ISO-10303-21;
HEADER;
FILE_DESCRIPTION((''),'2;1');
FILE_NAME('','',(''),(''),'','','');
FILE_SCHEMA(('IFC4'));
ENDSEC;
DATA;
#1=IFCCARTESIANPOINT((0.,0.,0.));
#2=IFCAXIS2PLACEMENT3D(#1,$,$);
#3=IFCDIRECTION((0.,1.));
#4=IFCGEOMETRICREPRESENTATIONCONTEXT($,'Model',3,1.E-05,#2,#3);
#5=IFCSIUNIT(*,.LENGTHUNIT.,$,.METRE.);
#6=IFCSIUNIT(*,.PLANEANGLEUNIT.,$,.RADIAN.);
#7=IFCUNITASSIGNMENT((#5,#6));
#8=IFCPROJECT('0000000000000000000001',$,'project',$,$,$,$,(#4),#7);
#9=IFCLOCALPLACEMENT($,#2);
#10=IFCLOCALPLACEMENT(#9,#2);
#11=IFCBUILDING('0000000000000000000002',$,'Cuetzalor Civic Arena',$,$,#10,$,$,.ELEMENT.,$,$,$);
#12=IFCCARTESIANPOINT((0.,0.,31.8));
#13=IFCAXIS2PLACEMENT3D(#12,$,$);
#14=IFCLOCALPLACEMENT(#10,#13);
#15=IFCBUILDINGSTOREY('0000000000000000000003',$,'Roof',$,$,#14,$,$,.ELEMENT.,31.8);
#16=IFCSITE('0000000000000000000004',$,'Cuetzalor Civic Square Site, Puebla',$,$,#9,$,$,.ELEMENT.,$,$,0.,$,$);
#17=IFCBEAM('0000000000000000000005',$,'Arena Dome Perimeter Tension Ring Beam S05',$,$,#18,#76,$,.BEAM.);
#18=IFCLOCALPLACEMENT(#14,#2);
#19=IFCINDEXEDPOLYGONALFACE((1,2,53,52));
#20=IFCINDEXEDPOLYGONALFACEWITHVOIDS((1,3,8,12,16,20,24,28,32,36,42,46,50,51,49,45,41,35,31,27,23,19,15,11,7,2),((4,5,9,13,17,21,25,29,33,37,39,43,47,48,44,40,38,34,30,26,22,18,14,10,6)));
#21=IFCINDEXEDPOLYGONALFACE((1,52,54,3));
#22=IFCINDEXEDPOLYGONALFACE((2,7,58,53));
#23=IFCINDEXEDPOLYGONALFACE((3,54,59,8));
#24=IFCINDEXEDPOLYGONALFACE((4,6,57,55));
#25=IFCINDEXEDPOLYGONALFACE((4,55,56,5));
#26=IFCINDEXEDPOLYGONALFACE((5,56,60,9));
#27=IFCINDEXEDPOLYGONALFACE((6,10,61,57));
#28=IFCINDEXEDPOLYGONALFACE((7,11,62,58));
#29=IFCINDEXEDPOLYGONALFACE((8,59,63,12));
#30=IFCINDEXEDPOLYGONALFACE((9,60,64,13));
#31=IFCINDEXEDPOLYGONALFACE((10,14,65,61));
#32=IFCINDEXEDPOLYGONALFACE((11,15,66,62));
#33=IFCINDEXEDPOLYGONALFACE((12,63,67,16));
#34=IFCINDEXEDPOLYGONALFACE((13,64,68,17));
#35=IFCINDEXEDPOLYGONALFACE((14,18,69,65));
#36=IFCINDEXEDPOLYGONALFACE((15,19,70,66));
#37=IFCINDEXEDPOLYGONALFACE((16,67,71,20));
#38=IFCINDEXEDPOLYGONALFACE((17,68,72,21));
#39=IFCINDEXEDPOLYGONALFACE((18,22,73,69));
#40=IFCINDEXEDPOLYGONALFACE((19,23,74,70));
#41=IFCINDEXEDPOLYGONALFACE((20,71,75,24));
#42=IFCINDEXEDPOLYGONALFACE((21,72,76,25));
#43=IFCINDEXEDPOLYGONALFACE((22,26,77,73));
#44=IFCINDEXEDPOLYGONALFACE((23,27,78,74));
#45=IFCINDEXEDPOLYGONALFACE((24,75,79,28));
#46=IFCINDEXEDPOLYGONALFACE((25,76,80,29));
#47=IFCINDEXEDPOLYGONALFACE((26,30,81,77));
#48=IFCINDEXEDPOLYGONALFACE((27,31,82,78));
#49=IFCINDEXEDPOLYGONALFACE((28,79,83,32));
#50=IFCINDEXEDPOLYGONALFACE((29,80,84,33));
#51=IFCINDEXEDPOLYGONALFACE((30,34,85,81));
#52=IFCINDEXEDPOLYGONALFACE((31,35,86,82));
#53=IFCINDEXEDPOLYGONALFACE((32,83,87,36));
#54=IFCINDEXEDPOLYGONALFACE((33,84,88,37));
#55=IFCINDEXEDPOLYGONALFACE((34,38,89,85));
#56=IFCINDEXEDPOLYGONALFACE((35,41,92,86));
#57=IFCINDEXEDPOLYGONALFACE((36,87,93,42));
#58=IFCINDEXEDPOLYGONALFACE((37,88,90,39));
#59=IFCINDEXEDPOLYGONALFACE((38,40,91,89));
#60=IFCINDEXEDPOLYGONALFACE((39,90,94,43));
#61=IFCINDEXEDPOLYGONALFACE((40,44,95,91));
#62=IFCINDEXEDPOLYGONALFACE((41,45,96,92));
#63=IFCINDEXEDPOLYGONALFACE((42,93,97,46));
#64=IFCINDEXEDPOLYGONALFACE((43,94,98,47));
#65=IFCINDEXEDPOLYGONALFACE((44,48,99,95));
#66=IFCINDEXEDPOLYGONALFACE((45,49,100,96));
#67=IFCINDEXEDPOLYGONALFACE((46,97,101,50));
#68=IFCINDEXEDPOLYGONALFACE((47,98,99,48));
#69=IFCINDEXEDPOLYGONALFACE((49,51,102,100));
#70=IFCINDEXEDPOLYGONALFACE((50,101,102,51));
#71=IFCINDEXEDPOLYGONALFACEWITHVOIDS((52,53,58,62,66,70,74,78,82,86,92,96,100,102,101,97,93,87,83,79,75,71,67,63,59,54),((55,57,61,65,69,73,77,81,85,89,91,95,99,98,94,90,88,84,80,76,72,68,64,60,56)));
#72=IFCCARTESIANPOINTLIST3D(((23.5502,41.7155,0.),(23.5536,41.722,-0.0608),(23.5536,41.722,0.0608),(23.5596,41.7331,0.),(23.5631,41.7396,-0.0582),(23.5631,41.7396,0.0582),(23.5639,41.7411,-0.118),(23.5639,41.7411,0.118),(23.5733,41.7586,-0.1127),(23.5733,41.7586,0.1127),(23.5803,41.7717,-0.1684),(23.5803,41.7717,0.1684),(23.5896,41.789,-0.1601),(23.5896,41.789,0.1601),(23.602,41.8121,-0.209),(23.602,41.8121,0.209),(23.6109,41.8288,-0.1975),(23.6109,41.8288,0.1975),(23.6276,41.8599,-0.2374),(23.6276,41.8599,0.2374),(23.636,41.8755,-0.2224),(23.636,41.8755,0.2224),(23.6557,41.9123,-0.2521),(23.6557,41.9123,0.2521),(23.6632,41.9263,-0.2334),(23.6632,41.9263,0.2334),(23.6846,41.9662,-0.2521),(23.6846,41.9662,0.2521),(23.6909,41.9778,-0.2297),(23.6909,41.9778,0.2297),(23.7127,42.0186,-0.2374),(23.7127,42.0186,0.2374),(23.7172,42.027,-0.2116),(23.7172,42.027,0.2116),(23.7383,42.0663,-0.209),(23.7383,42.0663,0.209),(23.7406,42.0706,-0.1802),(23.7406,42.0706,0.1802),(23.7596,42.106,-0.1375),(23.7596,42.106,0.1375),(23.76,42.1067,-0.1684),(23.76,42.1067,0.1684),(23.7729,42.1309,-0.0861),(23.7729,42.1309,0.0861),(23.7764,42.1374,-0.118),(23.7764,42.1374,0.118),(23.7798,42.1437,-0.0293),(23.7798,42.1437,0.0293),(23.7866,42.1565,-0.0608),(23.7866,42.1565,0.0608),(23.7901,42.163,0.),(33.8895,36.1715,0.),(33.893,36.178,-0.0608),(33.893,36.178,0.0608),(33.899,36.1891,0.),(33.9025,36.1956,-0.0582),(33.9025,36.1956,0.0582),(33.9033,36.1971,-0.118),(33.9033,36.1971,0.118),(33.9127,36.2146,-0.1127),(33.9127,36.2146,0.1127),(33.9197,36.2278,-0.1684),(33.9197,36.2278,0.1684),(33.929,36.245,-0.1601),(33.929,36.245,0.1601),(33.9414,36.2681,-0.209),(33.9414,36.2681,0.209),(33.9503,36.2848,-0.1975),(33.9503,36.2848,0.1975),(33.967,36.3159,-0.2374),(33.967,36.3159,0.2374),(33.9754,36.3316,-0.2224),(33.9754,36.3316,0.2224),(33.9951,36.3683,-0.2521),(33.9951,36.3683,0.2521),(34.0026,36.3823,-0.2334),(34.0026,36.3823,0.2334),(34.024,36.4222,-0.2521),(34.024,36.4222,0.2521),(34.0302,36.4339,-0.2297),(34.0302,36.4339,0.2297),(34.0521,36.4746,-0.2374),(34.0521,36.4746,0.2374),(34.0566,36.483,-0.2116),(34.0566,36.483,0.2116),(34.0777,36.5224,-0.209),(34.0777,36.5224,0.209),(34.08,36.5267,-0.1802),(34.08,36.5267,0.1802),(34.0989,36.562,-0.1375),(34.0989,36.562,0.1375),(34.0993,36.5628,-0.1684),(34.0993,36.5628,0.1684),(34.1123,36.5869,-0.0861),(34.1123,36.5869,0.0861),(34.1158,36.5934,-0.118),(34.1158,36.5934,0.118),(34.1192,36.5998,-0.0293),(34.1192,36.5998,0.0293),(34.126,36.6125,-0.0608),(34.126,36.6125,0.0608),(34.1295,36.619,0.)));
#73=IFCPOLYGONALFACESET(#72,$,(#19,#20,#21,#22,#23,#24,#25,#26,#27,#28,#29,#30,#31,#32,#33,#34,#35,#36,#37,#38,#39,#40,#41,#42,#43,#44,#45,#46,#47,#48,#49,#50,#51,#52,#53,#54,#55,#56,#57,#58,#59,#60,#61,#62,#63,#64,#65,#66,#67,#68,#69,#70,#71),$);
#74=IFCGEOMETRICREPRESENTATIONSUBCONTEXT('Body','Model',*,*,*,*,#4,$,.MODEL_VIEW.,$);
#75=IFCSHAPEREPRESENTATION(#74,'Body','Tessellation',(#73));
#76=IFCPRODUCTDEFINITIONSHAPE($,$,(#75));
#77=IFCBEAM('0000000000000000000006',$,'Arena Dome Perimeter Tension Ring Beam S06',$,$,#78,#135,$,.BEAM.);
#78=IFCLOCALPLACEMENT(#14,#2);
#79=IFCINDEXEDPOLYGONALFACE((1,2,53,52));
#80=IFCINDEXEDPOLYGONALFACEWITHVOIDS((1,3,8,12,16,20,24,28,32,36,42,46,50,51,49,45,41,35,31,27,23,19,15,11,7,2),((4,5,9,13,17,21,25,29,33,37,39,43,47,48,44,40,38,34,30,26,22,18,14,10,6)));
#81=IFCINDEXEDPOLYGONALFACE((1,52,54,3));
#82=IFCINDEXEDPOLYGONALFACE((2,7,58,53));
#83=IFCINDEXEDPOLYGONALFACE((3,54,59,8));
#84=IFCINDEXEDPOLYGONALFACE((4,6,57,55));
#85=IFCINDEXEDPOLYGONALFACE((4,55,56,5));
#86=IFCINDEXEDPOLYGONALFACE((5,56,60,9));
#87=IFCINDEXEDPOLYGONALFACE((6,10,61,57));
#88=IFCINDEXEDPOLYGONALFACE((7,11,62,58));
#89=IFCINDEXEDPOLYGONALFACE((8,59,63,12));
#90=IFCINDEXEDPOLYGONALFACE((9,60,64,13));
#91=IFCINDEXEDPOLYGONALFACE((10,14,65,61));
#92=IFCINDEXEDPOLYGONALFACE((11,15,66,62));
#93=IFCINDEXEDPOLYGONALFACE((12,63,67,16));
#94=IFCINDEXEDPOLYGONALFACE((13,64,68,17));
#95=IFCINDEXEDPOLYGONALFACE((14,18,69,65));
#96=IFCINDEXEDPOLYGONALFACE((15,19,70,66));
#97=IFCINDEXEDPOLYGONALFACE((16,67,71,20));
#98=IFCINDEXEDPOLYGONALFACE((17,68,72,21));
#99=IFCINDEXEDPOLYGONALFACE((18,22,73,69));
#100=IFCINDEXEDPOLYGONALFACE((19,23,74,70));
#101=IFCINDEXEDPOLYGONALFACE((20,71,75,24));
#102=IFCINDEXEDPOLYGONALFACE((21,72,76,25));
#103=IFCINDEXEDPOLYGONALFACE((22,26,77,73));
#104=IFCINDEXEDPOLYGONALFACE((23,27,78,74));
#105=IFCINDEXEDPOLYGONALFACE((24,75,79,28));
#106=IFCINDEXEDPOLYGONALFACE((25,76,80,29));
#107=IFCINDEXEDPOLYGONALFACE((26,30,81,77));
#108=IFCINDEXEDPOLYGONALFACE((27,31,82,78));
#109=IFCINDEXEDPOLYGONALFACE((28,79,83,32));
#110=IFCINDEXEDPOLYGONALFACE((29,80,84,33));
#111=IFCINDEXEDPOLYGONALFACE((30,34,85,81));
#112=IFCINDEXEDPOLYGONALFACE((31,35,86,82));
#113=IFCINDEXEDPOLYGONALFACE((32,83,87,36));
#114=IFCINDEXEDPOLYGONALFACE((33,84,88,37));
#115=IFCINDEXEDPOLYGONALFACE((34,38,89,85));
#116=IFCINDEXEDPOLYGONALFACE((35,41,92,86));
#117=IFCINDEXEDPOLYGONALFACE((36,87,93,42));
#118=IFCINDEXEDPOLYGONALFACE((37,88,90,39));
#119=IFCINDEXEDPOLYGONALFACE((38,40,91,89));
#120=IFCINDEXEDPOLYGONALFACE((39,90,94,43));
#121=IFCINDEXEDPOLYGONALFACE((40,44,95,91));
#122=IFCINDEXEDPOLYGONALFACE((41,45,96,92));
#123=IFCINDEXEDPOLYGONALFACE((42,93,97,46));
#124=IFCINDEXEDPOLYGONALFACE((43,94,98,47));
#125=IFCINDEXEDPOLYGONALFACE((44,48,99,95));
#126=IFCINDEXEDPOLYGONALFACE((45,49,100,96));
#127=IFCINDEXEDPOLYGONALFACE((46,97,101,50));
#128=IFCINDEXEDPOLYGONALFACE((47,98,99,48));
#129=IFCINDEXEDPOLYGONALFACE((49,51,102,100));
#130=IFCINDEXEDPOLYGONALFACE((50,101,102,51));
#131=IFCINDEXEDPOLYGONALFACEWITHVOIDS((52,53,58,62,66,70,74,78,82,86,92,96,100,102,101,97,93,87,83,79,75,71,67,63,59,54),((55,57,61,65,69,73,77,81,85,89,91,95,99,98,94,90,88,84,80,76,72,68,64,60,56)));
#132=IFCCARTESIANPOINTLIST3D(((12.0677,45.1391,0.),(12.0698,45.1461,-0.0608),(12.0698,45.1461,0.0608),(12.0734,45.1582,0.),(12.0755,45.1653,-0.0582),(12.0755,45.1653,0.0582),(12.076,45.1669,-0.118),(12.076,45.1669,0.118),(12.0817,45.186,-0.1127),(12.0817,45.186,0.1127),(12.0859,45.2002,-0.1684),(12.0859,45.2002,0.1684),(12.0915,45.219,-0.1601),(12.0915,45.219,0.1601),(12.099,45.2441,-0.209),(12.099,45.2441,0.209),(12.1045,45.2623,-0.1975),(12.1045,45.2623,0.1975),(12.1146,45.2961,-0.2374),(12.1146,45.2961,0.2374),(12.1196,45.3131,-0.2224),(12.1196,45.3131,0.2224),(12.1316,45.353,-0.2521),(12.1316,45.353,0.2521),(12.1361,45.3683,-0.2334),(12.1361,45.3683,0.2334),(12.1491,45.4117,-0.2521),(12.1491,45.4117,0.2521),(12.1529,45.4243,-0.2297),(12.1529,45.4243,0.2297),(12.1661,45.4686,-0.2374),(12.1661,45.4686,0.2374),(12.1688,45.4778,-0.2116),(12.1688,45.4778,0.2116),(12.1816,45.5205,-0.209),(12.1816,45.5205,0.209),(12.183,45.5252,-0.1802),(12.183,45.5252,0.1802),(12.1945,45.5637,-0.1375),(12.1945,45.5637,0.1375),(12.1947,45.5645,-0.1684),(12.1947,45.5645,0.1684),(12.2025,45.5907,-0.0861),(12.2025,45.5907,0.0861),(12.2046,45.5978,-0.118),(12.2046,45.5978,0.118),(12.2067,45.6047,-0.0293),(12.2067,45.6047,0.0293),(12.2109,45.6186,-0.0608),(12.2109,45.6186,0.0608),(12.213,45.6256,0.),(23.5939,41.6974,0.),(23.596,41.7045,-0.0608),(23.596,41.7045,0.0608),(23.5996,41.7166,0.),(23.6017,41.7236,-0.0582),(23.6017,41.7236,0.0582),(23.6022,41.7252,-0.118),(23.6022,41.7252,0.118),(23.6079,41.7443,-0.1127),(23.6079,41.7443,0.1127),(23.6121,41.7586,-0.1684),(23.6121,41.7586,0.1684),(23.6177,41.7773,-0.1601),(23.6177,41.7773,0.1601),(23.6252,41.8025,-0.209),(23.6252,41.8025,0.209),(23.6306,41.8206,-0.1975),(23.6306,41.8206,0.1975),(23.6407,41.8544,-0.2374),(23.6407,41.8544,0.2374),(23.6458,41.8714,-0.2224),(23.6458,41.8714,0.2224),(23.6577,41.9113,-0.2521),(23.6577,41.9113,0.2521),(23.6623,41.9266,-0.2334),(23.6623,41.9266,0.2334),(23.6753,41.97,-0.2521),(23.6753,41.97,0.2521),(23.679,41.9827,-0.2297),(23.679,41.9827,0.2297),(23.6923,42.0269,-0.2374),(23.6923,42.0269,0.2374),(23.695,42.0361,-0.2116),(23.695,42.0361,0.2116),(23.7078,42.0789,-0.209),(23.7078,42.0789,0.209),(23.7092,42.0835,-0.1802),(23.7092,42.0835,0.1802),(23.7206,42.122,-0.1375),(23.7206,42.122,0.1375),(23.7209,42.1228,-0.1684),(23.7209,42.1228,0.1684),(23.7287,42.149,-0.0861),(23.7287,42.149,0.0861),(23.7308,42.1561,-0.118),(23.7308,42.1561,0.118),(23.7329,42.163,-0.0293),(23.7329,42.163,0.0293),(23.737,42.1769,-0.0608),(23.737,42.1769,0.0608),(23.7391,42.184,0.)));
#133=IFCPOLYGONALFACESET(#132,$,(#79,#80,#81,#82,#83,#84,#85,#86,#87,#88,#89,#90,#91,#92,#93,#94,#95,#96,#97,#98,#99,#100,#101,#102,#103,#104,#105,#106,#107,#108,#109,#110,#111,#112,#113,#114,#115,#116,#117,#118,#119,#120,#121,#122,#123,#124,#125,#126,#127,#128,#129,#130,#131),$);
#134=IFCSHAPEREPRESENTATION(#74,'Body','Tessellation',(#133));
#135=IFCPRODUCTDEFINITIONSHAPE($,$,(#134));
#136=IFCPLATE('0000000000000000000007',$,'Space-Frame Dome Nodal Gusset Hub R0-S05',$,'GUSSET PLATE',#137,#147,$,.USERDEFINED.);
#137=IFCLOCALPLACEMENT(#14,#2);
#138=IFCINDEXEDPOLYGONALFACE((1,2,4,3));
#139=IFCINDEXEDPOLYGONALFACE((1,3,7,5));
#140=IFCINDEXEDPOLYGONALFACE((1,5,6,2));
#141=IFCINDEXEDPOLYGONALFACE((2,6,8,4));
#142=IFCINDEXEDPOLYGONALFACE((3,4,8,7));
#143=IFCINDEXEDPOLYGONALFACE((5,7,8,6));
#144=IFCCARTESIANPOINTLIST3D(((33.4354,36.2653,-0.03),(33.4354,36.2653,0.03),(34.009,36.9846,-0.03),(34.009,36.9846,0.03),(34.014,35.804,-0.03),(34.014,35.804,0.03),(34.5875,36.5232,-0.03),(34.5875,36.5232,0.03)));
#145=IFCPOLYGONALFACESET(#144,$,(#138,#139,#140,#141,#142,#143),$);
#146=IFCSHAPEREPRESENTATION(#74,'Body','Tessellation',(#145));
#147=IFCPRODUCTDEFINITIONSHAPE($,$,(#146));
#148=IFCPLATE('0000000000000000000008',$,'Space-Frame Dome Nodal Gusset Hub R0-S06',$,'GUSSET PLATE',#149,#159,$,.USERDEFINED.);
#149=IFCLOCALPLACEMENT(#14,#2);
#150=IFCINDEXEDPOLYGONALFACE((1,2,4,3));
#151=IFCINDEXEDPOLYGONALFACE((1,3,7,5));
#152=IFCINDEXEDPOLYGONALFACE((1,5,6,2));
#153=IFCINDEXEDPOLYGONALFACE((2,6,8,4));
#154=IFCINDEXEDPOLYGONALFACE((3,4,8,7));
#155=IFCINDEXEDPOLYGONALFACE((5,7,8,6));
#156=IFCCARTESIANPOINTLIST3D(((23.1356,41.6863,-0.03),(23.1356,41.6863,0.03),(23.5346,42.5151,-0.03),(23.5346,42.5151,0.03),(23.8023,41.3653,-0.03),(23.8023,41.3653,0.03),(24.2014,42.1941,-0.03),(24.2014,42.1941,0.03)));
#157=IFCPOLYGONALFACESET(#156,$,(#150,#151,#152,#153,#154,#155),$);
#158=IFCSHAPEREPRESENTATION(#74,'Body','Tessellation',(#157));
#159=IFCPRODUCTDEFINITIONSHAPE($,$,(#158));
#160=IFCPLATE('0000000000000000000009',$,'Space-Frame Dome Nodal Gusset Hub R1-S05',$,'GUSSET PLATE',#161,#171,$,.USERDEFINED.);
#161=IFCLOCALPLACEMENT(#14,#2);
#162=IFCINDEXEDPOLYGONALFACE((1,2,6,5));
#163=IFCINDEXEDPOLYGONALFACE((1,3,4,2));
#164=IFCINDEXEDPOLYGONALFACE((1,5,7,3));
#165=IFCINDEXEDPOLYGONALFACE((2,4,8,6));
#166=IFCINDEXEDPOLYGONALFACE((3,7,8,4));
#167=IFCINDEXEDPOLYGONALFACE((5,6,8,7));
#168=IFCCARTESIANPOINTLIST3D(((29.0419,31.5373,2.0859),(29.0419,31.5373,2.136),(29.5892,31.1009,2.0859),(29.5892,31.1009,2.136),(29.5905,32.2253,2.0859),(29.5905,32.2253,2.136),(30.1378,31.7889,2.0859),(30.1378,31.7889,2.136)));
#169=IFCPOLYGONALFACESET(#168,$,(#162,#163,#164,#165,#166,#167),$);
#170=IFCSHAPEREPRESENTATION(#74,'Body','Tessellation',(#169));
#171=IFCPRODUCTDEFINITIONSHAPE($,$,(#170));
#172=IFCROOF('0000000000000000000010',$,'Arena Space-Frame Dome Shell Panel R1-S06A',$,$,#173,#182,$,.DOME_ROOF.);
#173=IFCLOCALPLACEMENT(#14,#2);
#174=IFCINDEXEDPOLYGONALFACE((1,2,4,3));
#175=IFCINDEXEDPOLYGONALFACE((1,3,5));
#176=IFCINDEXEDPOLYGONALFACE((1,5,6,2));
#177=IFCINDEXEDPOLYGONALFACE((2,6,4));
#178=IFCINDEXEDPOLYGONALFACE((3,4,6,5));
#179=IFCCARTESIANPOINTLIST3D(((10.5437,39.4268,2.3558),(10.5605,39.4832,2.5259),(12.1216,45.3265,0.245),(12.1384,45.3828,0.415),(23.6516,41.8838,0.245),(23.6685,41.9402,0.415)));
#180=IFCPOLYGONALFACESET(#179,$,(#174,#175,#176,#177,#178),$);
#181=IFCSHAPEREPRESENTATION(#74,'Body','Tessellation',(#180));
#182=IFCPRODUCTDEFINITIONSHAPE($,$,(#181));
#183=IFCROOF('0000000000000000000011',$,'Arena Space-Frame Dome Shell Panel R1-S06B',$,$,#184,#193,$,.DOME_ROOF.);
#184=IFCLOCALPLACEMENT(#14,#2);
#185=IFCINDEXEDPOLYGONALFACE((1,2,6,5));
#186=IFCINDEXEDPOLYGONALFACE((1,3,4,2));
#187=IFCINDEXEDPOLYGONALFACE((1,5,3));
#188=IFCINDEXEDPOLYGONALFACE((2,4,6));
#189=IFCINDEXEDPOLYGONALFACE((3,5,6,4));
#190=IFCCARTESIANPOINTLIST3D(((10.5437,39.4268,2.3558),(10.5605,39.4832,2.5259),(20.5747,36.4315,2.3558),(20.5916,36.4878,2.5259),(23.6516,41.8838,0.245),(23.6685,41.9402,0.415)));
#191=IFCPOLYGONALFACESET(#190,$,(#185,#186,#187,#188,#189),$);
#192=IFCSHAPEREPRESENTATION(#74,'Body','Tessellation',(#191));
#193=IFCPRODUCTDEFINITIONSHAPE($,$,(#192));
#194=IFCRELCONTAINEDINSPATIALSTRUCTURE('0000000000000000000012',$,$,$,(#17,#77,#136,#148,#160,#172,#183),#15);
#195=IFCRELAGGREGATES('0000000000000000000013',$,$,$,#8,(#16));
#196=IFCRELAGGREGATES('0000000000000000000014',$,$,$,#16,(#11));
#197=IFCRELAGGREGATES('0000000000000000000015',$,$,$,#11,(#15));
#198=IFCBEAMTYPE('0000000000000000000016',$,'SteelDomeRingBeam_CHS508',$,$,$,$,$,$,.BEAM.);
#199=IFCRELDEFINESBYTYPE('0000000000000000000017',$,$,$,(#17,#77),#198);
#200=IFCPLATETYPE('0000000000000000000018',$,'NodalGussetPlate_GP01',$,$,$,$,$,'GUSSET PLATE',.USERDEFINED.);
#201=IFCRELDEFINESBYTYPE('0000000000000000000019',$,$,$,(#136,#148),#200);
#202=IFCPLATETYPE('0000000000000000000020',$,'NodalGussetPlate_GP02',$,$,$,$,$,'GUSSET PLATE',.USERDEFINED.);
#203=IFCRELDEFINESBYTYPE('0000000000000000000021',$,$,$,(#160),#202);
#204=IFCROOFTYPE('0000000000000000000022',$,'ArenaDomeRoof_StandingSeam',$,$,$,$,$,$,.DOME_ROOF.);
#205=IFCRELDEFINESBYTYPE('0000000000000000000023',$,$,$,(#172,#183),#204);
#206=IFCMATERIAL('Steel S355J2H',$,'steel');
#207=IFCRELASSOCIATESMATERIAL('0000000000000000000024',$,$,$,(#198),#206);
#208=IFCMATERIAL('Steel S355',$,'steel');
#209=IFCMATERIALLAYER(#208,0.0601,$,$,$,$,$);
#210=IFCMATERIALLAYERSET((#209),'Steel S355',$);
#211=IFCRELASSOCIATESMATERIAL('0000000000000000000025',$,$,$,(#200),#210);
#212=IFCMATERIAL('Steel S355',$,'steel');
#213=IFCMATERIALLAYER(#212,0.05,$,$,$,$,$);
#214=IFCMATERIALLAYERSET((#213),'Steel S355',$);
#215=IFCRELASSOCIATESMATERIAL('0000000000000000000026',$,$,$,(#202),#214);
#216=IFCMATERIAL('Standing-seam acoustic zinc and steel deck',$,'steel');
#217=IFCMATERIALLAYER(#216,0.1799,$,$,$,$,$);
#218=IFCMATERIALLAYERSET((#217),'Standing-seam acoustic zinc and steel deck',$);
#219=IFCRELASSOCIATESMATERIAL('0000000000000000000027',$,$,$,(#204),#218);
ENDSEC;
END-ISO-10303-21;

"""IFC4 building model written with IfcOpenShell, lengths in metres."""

from ifc_helpers import new_model, si_unit, direction, frame, origin, origin_2d, place, context, subcontext, project, spatial, polyline, rectangle, hollow_circle, outline, extrude, material, layer, layer_set, material_profile, profile_set, type_object, element, save


model = new_model("IFC4")

# Units and contexts
model_context = context("Model", 3, precision=1e-05, world=origin(), true_north=direction((0.0, 1.0)))
body_context = subcontext(model_context, "Body", "Model", "MODEL_VIEW")
ifc_project = project(units=[si_unit("LENGTHUNIT", "METRE"), si_unit("PLANEANGLEUNIT", "RADIAN")], contexts=[model_context])

# Site, building, storey
site_placement = place(None, origin())
site = spatial("IfcSite", under=ifc_project, at=site_placement, Name="Cuetzalor Civic Square Site, Puebla", CompositionType="ELEMENT", RefElevation=0.0)
building_placement = place(site_placement, origin())
building = spatial("IfcBuilding", under=site, at=building_placement, Name="Cuetzalor Civic Arena", CompositionType="ELEMENT")
storey_placement = place(building_placement, frame((0.0, 0.0, 31.8)))
storey = spatial("IfcBuildingStorey", under=building, at=storey_placement, Name="Roof", CompositionType="ELEMENT", Elevation=31.8)

# Beams
ifc_material_1 = material(Name="Steel S355J2H", Category="steel")
ifc_material_profile_1 = material_profile(ifc_material_1, hollow_circle(Radius=0.2539, WallThickness=0.02, at=origin_2d()), Name="CHS 508x20")
ifc_profile_set_1 = profile_set([ifc_material_profile_1], Name="Steel S355J2H")
beam_type = type_object("IfcBeamType", Name="SteelDomeRingBeam_CHS508", PredefinedType="BEAM", material=ifc_profile_set_1)
beam_1_placement = place(storey_placement, frame((34.0095, 36.3953, 0.0), z_axis=(-0.881302, 0.472553, 0.0), x_axis=(-0.472553, -0.881302, 0.0)))
element("IfcBeam", 1, at=beam_1_placement, inside=storey, type_object=beam_type, Name="Arena Dome Perimeter Tension Ring Beam S05", PredefinedType="BEAM", context=body_context, shape_type="SweptSolid", body=[
    extrude(hollow_circle(Radius=0.2539, WallThickness=0.02, at=origin_2d()), origin(), (0.0, 0.0, 1.0), 11.7319),
])
beam_2_placement = place(storey_placement, frame((23.6665, 41.9407, 0.0), z_axis=(-0.958196, 0.286113, 0.0), x_axis=(-0.286113, -0.958196, 0.0)))
element("IfcBeam", 2, at=beam_2_placement, inside=storey, type_object=beam_type, Name="Arena Dome Perimeter Tension Ring Beam S06", PredefinedType="BEAM", context=body_context, shape_type="SweptSolid", body=[
    extrude(hollow_circle(Radius=0.2539, WallThickness=0.02, at=origin_2d()), origin(), (0.0, 0.0, 1.0), 12.0291),
])

# Plates
ifc_material_2 = material(Name="Steel S355", Category="steel")
ifc_layer_1 = layer(ifc_material_2, 0.0601)
ifc_layer_set_1 = layer_set([ifc_layer_1], Name="Steel S355")
plate_type_1 = type_object("IfcPlateType", Name="NodalGussetPlate_GP01", ElementType="GUSSET PLATE", PredefinedType="USERDEFINED", material=ifc_layer_set_1)
for number, where, z_axis, x_axis, name in (
    (3, (34.0115, 36.3943, -0.03), (0.0, 0.0, 1.0), (0.62347, 0.781847, 0.0), "Space-Frame Dome Nodal Gusset Hub R0-S05"),
    (4, (23.6685, 41.9402, -0.03), (0.0, 0.0, 1.0), (0.433816, 0.901001, 0.0), "Space-Frame Dome Nodal Gusset Hub R0-S06"),
):
    element("IfcPlate", number, at=place(storey_placement, frame(where, z_axis=z_axis, x_axis=x_axis)), inside=storey, type_object=plate_type_1, Name=name, ObjectType="GUSSET PLATE", PredefinedType="USERDEFINED", context=body_context, shape_type="SweptSolid", body=[
        extrude(rectangle(XDim=0.9199, YDim=0.74, at=origin_2d()), origin(), (0.0, 0.0, 1.0), 0.0601),
    ])
ifc_material_3 = material(Name="Steel S355", Category="steel")
ifc_layer_2 = layer(ifc_material_3, 0.05)
ifc_layer_set_2 = layer_set([ifc_layer_2], Name="Steel S355")
plate_type_2 = type_object("IfcPlateType", Name="NodalGussetPlate_GP02", ElementType="GUSSET PLATE", PredefinedType="USERDEFINED", material=ifc_layer_set_2)
plate_placement = place(storey_placement, frame((29.5898, 31.6631, 2.0859), z_axis=(0.0, 0.0, 1.0), x_axis=(0.62347, 0.781847, 0.0)))
element("IfcPlate", 5, at=plate_placement, inside=storey, type_object=plate_type_2, Name="Space-Frame Dome Nodal Gusset Hub R1-S05", ObjectType="GUSSET PLATE", PredefinedType="USERDEFINED", context=body_context, shape_type="SweptSolid", body=[
    extrude(rectangle(XDim=0.8799, YDim=0.7, at=origin_2d()), origin(), (0.0, 0.0, 1.0), 0.05),
])

# Roofs
ifc_material_4 = material(Name="Standing-seam acoustic zinc and steel deck", Category="steel")
ifc_layer_3 = layer(ifc_material_4, 0.1799)
ifc_layer_set_3 = layer_set([ifc_layer_3], Name="Standing-seam acoustic zinc and steel deck")
roof_type = type_object("IfcRoofType", Name="ArenaDomeRoof_StandingSeam", PredefinedType="DOME_ROOF", material=ifc_layer_set_3)
roof_1_placement = place(storey_placement, frame((23.6685, 41.9402, 0.415), z_axis=(0.093497, 0.313139, 0.945094), x_axis=(-0.9582, 0.286099, 0.0)))
element("IfcRoof", 6, at=roof_1_placement, inside=storey, type_object=roof_type, Name="Arena Space-Frame Dome Shell Panel R1-S06A", PredefinedType="DOME_ROOF", context=body_context, shape_type="SweptSolid", body=[
    extrude(outline(polyline([(0.0, 0.0), (12.033, 0.0), (11.857, 6.4591), (0.0, 0.0)])), origin(), (0.0, 0.0, -1.0), 0.1799),
])
roof_2_placement = place(storey_placement, frame((23.6685, 41.9402, 0.415), z_axis=(0.093501, 0.313121, 0.945099), x_axis=(-0.970797, -0.181972, 0.156333)))
element("IfcRoof", 7, at=roof_2_placement, inside=storey, type_object=roof_type, Name="Arena Space-Frame Dome Shell Panel R1-S06B", PredefinedType="DOME_ROOF", context=body_context, shape_type="SweptSolid", body=[
    extrude(outline(polyline([(0.0, 0.0), (13.5022, 0.0), (4.3092, 5.0082), (0.0, 0.0)])), origin(), (0.0, 0.0, -1.0), 0.1799),
])

save(model, "model.ifc")
